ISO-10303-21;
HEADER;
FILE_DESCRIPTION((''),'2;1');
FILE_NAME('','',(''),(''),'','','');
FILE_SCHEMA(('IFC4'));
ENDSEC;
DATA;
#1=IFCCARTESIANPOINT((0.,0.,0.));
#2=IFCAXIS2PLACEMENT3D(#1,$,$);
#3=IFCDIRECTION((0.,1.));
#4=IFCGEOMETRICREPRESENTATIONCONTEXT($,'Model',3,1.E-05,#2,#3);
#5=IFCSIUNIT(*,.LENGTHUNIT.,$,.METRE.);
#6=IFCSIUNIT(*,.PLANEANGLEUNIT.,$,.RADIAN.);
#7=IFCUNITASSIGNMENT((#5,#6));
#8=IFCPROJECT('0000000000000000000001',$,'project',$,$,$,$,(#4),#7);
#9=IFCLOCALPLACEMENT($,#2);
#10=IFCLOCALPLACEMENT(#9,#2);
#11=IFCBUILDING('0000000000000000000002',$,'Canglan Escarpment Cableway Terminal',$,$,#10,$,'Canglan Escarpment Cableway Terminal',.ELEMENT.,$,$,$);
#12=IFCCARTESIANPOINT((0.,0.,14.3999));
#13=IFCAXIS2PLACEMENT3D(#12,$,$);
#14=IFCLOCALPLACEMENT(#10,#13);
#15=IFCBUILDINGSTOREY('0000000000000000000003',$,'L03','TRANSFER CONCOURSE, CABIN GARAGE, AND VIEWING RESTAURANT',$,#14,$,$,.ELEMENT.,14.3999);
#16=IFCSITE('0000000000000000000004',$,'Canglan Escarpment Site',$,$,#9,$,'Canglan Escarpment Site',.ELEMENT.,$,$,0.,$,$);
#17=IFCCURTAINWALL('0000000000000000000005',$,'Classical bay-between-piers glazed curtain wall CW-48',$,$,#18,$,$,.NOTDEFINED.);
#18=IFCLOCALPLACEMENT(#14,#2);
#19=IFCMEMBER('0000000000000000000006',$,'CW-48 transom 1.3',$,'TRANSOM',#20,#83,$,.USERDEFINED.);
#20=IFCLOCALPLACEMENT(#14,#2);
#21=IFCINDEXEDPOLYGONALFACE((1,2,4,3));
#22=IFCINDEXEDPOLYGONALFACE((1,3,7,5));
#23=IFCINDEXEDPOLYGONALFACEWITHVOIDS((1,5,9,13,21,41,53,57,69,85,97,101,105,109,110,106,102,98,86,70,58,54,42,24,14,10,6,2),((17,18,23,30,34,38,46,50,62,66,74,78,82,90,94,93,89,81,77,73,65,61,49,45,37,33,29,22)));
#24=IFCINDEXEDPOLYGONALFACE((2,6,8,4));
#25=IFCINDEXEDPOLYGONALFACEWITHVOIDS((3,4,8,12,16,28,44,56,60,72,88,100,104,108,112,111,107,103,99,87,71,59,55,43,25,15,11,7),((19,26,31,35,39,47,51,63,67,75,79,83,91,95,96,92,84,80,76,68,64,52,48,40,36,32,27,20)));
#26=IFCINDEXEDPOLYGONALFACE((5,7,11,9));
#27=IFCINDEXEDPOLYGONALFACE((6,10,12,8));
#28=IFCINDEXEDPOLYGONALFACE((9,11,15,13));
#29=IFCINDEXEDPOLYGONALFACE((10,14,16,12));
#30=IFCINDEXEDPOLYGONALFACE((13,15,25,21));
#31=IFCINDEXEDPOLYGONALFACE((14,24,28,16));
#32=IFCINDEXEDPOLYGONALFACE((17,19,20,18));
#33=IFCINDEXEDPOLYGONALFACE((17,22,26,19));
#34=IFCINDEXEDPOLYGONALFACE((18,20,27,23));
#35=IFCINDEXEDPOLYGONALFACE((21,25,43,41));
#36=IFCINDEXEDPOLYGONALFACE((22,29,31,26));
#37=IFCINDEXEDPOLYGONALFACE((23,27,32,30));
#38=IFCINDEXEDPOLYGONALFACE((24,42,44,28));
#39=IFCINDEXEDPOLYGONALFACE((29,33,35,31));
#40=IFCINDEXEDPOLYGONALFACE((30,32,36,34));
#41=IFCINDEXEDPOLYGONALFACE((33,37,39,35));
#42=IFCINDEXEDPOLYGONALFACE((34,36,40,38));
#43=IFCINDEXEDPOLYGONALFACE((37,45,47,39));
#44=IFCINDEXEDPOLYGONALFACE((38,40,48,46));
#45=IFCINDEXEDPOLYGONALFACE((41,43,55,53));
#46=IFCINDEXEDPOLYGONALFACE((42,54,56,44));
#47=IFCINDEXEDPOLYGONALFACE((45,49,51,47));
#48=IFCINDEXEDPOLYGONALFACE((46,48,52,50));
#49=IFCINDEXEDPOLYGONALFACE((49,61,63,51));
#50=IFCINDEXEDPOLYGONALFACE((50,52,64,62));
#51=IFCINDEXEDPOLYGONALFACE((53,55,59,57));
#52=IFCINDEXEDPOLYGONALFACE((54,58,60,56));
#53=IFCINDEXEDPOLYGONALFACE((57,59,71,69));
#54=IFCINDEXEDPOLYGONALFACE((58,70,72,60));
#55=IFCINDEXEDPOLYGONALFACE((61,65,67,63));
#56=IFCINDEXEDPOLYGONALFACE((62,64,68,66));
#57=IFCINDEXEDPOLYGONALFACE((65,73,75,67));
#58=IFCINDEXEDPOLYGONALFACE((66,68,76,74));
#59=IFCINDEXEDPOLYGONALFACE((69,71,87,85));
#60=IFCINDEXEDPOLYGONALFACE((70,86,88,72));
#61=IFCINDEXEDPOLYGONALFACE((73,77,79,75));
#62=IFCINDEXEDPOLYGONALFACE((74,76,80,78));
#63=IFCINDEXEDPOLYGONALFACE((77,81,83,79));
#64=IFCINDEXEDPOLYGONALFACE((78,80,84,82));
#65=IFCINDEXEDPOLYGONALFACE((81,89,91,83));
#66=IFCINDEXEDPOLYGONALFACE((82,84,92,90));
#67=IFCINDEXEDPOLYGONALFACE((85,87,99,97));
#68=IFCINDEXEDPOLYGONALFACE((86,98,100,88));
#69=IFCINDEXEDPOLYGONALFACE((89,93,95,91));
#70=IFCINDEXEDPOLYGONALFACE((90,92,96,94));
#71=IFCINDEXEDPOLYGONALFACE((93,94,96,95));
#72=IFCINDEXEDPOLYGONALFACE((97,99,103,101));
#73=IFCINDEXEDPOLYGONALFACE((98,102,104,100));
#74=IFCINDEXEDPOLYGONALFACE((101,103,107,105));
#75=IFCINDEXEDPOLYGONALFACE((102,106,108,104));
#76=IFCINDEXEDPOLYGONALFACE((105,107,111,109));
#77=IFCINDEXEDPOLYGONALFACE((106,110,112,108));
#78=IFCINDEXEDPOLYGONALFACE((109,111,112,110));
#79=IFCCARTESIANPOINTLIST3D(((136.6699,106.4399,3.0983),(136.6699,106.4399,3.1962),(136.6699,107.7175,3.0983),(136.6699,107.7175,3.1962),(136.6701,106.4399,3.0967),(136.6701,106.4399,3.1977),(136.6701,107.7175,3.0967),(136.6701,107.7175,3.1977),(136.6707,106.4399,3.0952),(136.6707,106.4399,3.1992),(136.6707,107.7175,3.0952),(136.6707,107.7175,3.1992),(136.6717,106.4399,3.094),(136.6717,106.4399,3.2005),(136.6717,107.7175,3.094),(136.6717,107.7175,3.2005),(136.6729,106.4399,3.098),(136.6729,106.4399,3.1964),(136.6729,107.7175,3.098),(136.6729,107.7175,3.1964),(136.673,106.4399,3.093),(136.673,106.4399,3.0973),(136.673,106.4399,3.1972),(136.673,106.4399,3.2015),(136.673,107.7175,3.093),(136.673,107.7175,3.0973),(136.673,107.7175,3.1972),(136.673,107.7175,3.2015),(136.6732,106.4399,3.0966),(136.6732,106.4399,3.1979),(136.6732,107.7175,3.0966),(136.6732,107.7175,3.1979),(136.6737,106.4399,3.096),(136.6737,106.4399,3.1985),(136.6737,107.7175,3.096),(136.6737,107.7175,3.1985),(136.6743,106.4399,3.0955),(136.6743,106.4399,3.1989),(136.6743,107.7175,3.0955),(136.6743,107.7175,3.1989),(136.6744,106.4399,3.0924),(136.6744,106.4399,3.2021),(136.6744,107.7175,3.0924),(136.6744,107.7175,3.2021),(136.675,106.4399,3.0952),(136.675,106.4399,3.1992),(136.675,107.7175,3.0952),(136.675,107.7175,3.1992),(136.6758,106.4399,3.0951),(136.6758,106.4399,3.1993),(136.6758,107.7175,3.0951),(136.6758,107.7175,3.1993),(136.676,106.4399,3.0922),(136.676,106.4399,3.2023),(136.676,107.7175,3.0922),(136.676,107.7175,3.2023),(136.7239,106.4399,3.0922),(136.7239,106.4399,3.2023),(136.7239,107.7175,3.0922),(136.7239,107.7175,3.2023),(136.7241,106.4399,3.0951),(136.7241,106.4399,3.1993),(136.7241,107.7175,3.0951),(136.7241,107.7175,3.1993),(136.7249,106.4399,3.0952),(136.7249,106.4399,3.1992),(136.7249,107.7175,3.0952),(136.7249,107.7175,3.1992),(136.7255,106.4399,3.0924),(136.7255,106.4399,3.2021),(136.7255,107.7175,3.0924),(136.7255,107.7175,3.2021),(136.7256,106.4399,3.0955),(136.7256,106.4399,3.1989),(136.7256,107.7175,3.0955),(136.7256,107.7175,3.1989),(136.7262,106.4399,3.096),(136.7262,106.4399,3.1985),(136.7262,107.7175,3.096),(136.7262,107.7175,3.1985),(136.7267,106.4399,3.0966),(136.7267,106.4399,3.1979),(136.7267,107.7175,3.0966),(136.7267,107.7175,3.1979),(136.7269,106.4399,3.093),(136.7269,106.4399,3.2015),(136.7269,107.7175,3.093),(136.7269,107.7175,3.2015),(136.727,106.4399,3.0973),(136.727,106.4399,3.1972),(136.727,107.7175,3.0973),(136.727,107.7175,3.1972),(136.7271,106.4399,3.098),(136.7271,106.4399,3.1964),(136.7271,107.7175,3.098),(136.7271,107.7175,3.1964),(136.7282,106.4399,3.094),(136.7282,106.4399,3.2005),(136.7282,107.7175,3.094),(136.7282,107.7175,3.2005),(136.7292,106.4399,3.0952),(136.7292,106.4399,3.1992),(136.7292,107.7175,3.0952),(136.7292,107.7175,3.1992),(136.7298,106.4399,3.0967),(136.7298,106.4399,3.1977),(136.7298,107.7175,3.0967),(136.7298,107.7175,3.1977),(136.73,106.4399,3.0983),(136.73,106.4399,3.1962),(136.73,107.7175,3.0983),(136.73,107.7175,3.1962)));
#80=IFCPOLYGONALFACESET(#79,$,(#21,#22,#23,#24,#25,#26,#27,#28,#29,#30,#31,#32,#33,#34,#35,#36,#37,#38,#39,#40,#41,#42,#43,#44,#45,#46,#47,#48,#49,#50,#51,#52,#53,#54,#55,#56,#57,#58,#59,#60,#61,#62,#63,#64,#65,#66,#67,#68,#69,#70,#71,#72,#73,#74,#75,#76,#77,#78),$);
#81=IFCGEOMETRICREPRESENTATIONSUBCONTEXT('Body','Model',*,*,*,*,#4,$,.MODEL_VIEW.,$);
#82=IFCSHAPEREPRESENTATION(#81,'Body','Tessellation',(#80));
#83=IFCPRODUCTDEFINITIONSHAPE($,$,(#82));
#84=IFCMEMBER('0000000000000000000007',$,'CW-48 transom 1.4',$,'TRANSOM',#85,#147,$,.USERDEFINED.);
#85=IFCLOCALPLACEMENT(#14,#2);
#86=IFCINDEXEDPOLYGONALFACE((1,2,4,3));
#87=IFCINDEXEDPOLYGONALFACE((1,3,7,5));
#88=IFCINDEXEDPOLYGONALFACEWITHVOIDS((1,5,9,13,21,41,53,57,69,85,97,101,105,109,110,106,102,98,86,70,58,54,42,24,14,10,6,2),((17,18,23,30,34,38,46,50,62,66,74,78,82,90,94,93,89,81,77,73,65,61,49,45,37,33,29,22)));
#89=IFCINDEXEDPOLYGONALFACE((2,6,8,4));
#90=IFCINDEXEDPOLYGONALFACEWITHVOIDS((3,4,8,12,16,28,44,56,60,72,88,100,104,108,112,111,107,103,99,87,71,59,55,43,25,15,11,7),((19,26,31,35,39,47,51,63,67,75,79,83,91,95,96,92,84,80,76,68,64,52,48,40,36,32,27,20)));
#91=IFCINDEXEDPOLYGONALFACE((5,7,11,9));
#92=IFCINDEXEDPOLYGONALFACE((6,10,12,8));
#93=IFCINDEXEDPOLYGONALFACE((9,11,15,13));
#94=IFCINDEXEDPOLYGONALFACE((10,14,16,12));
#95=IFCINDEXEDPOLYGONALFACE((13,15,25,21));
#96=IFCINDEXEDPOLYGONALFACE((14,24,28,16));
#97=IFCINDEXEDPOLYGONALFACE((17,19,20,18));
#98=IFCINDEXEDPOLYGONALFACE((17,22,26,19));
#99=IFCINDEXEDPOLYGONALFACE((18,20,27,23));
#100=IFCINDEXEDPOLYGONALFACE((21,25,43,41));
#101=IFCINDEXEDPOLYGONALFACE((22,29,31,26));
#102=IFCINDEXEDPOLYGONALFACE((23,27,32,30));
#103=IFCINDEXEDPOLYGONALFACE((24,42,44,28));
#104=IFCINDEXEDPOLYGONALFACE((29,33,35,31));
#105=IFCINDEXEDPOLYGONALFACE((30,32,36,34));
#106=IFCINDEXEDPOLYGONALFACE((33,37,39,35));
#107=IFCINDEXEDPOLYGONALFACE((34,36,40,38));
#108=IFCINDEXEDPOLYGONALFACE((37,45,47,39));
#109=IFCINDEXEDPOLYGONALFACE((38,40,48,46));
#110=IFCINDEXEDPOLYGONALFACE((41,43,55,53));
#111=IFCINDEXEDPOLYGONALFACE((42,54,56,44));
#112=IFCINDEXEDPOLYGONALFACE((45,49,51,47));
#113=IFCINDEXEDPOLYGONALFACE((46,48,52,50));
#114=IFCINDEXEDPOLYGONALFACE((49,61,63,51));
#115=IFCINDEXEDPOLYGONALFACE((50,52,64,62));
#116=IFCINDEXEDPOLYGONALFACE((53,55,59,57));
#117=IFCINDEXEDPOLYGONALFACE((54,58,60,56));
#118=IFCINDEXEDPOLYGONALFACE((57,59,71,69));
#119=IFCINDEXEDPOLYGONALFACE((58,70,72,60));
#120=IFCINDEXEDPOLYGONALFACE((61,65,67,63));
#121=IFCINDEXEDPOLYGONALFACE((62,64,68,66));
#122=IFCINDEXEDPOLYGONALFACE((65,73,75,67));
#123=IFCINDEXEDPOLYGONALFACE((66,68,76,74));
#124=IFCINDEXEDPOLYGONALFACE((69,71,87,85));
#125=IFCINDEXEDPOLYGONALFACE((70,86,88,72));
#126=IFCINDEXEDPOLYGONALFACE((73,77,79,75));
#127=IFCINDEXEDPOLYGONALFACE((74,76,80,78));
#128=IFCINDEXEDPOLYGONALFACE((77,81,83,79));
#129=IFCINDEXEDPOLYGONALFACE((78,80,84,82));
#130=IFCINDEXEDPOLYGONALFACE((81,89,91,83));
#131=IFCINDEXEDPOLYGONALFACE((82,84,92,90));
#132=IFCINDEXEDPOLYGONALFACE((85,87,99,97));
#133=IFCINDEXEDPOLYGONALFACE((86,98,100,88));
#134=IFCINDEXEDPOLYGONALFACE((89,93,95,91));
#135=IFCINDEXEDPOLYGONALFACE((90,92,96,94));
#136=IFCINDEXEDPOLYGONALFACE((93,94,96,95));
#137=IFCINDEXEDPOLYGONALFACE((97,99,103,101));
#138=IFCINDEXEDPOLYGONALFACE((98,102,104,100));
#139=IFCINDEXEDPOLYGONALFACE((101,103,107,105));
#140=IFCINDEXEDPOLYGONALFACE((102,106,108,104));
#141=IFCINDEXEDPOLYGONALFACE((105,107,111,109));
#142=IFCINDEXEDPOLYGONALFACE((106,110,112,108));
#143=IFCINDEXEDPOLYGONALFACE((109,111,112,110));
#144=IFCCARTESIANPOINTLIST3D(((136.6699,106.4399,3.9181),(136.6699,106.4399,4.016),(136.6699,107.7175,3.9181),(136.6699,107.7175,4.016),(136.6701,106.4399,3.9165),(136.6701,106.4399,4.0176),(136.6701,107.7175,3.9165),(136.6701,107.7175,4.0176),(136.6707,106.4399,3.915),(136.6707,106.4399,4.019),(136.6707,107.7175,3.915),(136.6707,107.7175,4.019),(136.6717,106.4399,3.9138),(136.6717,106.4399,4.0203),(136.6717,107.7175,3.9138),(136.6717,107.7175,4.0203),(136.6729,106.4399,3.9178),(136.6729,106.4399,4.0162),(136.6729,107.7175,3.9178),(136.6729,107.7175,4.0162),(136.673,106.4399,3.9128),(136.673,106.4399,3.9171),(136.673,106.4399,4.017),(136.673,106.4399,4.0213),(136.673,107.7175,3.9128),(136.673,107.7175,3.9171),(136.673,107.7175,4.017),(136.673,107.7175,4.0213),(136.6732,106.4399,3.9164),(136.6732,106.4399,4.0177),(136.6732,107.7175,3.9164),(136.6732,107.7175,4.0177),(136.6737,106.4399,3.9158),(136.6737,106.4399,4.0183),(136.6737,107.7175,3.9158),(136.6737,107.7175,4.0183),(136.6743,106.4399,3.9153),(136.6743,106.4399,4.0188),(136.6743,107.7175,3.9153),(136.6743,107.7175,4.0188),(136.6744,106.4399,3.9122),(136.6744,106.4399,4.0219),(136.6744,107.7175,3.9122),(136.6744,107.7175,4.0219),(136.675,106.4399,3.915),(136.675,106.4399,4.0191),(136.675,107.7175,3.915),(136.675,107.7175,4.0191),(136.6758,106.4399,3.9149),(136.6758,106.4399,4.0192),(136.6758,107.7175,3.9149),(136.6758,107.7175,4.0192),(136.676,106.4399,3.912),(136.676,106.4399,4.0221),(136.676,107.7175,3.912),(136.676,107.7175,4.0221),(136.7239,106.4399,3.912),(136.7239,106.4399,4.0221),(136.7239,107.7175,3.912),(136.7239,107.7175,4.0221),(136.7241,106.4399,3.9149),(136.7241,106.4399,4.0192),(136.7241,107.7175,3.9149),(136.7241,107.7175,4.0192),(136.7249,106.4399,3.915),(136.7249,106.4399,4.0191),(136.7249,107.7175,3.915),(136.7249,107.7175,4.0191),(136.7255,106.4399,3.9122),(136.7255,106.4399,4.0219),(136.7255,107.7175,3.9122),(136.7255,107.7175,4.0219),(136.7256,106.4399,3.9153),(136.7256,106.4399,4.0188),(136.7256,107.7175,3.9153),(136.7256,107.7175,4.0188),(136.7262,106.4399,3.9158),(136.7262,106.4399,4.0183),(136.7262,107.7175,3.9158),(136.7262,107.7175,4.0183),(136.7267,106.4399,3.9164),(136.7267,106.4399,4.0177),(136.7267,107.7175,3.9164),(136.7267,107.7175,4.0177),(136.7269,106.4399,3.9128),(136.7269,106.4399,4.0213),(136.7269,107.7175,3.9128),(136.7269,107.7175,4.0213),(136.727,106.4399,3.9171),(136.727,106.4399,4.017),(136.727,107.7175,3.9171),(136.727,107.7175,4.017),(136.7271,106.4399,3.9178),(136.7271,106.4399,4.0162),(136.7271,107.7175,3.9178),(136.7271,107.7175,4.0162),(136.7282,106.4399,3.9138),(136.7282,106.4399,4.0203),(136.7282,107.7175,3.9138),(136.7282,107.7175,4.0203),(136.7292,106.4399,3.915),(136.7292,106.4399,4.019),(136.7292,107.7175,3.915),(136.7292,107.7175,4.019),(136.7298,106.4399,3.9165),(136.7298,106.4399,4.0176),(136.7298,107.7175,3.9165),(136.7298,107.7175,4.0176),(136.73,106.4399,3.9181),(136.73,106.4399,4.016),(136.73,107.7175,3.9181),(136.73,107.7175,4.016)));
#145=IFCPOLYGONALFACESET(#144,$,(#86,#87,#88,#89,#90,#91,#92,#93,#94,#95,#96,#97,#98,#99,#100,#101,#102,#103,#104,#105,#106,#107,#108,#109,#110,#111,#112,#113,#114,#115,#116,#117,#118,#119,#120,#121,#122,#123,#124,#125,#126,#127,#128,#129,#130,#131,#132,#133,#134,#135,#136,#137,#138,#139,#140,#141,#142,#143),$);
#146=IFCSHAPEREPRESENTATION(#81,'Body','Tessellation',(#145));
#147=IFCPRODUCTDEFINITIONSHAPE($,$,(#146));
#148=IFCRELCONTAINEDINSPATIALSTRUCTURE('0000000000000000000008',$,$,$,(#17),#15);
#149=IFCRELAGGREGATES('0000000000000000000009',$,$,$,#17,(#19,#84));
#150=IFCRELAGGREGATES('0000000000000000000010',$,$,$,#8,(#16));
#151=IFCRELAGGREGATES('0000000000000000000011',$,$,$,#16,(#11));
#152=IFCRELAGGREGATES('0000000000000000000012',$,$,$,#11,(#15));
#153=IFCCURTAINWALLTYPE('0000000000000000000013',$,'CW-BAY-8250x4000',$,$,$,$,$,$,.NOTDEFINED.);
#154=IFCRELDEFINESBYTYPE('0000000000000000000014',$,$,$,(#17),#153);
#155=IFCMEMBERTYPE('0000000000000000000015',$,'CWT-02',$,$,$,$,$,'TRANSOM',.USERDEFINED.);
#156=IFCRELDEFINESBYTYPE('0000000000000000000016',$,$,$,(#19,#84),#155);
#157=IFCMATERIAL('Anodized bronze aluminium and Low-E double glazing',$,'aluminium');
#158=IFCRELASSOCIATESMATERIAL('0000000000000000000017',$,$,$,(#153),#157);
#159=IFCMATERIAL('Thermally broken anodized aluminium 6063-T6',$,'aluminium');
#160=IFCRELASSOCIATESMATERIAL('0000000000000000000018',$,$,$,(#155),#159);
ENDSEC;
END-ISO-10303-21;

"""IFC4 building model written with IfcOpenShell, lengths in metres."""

from ifc_helpers import new_model, si_unit, direction, frame, origin, origin_2d, place, context, subcontext, project, spatial, hollow_rectangle, extrude, material, material_profile, profile_set, type_object, element, aggregate, save


model = new_model("IFC4")

# Units and contexts
model_context = context("Model", 3, precision=1e-05, world=origin(), true_north=direction((0.0, 1.0)))
body_context = subcontext(model_context, "Body", "Model", "MODEL_VIEW")
ifc_project = project(units=[si_unit("LENGTHUNIT", "METRE"), si_unit("PLANEANGLEUNIT", "RADIAN")], contexts=[model_context])

# Site, building, storey
site_placement = place(None, origin())
site = spatial("IfcSite", under=ifc_project, at=site_placement, Name="Canglan Escarpment Site", LongName="Canglan Escarpment Site", CompositionType="ELEMENT", RefElevation=0.0)
building_placement = place(site_placement, origin())
building = spatial("IfcBuilding", under=site, at=building_placement, Name="Canglan Escarpment Cableway Terminal", LongName="Canglan Escarpment Cableway Terminal", CompositionType="ELEMENT")
storey_placement = place(building_placement, frame((0.0, 0.0, 14.3999)))
storey = spatial("IfcBuildingStorey", under=building, at=storey_placement, Name="L03", Description="TRANSFER CONCOURSE, CABIN GARAGE, AND VIEWING RESTAURANT", CompositionType="ELEMENT", Elevation=14.3999)

# Curtain wall, members
ifc_material_1 = material(Name="Anodized bronze aluminium and Low-E double glazing", Category="aluminium")
ifc_material_2 = material(Name="Thermally broken anodized aluminium 6063-T6", Category="aluminium")
curtain_wall_type_1 = type_object("IfcCurtainWallType", Name="CW-BAY-8250x4000", PredefinedType="NOTDEFINED", material=ifc_material_1)
curtain_wall_1_placement = place(storey_placement, origin())
curtain_wall_1 = element("IfcCurtainWall", 1, at=curtain_wall_1_placement, inside=storey, type_object=curtain_wall_type_1, Name="Classical bay-between-piers glazed curtain wall CW-48", PredefinedType="NOTDEFINED")
ifc_material_profile_1 = material_profile(ifc_material_2, hollow_rectangle(XDim=0.0601, YDim=0.1101, WallThickness=0.0029, InnerFilletRadius=0.0029, OuterFilletRadius=0.0061, at=origin_2d()), Name="ALU-TRAN 60x110x3")
ifc_profile_set_1 = profile_set([ifc_material_profile_1], Name="Thermally broken anodized aluminium 6063-T6")
member_type_1 = type_object("IfcMemberType", Name="CWT-02", ElementType="TRANSOM", PredefinedType="USERDEFINED", material=ifc_profile_set_1)
member_1_placement = place(storey_placement, frame((136.7, 106.4399, 3.1472), z_axis=(0.0, 1.0, 0.0), x_axis=(-1.0, 0.0, 0.0)))
member_1 = element("IfcMember", 2, at=member_1_placement, type_object=member_type_1, Name="CW-48 transom 1.3", ObjectType="TRANSOM", PredefinedType="USERDEFINED", context=body_context, shape_type="SweptSolid", body=[
    extrude(hollow_rectangle(XDim=0.0601, YDim=0.1101, WallThickness=0.0029, InnerFilletRadius=0.0029, OuterFilletRadius=0.0061, at=origin_2d()), origin(), (0.0, 0.0, 1.0), 1.2776),
])
member_2_placement = place(storey_placement, frame((136.7, 106.4399, 3.967), z_axis=(0.0, 1.0, 0.0), x_axis=(-1.0, 0.0, 0.0)))
member_2 = element("IfcMember", 3, at=member_2_placement, type_object=member_type_1, Name="CW-48 transom 1.4", ObjectType="TRANSOM", PredefinedType="USERDEFINED", context=body_context, shape_type="SweptSolid", body=[
    extrude(hollow_rectangle(XDim=0.0601, YDim=0.1101, WallThickness=0.0029, InnerFilletRadius=0.0029, OuterFilletRadius=0.0061, at=origin_2d()), origin(), (0.0, 0.0, 1.0), 1.2776),
])

aggregate(curtain_wall_1, [member_1, member_2])

save(model, "model.ifc")
